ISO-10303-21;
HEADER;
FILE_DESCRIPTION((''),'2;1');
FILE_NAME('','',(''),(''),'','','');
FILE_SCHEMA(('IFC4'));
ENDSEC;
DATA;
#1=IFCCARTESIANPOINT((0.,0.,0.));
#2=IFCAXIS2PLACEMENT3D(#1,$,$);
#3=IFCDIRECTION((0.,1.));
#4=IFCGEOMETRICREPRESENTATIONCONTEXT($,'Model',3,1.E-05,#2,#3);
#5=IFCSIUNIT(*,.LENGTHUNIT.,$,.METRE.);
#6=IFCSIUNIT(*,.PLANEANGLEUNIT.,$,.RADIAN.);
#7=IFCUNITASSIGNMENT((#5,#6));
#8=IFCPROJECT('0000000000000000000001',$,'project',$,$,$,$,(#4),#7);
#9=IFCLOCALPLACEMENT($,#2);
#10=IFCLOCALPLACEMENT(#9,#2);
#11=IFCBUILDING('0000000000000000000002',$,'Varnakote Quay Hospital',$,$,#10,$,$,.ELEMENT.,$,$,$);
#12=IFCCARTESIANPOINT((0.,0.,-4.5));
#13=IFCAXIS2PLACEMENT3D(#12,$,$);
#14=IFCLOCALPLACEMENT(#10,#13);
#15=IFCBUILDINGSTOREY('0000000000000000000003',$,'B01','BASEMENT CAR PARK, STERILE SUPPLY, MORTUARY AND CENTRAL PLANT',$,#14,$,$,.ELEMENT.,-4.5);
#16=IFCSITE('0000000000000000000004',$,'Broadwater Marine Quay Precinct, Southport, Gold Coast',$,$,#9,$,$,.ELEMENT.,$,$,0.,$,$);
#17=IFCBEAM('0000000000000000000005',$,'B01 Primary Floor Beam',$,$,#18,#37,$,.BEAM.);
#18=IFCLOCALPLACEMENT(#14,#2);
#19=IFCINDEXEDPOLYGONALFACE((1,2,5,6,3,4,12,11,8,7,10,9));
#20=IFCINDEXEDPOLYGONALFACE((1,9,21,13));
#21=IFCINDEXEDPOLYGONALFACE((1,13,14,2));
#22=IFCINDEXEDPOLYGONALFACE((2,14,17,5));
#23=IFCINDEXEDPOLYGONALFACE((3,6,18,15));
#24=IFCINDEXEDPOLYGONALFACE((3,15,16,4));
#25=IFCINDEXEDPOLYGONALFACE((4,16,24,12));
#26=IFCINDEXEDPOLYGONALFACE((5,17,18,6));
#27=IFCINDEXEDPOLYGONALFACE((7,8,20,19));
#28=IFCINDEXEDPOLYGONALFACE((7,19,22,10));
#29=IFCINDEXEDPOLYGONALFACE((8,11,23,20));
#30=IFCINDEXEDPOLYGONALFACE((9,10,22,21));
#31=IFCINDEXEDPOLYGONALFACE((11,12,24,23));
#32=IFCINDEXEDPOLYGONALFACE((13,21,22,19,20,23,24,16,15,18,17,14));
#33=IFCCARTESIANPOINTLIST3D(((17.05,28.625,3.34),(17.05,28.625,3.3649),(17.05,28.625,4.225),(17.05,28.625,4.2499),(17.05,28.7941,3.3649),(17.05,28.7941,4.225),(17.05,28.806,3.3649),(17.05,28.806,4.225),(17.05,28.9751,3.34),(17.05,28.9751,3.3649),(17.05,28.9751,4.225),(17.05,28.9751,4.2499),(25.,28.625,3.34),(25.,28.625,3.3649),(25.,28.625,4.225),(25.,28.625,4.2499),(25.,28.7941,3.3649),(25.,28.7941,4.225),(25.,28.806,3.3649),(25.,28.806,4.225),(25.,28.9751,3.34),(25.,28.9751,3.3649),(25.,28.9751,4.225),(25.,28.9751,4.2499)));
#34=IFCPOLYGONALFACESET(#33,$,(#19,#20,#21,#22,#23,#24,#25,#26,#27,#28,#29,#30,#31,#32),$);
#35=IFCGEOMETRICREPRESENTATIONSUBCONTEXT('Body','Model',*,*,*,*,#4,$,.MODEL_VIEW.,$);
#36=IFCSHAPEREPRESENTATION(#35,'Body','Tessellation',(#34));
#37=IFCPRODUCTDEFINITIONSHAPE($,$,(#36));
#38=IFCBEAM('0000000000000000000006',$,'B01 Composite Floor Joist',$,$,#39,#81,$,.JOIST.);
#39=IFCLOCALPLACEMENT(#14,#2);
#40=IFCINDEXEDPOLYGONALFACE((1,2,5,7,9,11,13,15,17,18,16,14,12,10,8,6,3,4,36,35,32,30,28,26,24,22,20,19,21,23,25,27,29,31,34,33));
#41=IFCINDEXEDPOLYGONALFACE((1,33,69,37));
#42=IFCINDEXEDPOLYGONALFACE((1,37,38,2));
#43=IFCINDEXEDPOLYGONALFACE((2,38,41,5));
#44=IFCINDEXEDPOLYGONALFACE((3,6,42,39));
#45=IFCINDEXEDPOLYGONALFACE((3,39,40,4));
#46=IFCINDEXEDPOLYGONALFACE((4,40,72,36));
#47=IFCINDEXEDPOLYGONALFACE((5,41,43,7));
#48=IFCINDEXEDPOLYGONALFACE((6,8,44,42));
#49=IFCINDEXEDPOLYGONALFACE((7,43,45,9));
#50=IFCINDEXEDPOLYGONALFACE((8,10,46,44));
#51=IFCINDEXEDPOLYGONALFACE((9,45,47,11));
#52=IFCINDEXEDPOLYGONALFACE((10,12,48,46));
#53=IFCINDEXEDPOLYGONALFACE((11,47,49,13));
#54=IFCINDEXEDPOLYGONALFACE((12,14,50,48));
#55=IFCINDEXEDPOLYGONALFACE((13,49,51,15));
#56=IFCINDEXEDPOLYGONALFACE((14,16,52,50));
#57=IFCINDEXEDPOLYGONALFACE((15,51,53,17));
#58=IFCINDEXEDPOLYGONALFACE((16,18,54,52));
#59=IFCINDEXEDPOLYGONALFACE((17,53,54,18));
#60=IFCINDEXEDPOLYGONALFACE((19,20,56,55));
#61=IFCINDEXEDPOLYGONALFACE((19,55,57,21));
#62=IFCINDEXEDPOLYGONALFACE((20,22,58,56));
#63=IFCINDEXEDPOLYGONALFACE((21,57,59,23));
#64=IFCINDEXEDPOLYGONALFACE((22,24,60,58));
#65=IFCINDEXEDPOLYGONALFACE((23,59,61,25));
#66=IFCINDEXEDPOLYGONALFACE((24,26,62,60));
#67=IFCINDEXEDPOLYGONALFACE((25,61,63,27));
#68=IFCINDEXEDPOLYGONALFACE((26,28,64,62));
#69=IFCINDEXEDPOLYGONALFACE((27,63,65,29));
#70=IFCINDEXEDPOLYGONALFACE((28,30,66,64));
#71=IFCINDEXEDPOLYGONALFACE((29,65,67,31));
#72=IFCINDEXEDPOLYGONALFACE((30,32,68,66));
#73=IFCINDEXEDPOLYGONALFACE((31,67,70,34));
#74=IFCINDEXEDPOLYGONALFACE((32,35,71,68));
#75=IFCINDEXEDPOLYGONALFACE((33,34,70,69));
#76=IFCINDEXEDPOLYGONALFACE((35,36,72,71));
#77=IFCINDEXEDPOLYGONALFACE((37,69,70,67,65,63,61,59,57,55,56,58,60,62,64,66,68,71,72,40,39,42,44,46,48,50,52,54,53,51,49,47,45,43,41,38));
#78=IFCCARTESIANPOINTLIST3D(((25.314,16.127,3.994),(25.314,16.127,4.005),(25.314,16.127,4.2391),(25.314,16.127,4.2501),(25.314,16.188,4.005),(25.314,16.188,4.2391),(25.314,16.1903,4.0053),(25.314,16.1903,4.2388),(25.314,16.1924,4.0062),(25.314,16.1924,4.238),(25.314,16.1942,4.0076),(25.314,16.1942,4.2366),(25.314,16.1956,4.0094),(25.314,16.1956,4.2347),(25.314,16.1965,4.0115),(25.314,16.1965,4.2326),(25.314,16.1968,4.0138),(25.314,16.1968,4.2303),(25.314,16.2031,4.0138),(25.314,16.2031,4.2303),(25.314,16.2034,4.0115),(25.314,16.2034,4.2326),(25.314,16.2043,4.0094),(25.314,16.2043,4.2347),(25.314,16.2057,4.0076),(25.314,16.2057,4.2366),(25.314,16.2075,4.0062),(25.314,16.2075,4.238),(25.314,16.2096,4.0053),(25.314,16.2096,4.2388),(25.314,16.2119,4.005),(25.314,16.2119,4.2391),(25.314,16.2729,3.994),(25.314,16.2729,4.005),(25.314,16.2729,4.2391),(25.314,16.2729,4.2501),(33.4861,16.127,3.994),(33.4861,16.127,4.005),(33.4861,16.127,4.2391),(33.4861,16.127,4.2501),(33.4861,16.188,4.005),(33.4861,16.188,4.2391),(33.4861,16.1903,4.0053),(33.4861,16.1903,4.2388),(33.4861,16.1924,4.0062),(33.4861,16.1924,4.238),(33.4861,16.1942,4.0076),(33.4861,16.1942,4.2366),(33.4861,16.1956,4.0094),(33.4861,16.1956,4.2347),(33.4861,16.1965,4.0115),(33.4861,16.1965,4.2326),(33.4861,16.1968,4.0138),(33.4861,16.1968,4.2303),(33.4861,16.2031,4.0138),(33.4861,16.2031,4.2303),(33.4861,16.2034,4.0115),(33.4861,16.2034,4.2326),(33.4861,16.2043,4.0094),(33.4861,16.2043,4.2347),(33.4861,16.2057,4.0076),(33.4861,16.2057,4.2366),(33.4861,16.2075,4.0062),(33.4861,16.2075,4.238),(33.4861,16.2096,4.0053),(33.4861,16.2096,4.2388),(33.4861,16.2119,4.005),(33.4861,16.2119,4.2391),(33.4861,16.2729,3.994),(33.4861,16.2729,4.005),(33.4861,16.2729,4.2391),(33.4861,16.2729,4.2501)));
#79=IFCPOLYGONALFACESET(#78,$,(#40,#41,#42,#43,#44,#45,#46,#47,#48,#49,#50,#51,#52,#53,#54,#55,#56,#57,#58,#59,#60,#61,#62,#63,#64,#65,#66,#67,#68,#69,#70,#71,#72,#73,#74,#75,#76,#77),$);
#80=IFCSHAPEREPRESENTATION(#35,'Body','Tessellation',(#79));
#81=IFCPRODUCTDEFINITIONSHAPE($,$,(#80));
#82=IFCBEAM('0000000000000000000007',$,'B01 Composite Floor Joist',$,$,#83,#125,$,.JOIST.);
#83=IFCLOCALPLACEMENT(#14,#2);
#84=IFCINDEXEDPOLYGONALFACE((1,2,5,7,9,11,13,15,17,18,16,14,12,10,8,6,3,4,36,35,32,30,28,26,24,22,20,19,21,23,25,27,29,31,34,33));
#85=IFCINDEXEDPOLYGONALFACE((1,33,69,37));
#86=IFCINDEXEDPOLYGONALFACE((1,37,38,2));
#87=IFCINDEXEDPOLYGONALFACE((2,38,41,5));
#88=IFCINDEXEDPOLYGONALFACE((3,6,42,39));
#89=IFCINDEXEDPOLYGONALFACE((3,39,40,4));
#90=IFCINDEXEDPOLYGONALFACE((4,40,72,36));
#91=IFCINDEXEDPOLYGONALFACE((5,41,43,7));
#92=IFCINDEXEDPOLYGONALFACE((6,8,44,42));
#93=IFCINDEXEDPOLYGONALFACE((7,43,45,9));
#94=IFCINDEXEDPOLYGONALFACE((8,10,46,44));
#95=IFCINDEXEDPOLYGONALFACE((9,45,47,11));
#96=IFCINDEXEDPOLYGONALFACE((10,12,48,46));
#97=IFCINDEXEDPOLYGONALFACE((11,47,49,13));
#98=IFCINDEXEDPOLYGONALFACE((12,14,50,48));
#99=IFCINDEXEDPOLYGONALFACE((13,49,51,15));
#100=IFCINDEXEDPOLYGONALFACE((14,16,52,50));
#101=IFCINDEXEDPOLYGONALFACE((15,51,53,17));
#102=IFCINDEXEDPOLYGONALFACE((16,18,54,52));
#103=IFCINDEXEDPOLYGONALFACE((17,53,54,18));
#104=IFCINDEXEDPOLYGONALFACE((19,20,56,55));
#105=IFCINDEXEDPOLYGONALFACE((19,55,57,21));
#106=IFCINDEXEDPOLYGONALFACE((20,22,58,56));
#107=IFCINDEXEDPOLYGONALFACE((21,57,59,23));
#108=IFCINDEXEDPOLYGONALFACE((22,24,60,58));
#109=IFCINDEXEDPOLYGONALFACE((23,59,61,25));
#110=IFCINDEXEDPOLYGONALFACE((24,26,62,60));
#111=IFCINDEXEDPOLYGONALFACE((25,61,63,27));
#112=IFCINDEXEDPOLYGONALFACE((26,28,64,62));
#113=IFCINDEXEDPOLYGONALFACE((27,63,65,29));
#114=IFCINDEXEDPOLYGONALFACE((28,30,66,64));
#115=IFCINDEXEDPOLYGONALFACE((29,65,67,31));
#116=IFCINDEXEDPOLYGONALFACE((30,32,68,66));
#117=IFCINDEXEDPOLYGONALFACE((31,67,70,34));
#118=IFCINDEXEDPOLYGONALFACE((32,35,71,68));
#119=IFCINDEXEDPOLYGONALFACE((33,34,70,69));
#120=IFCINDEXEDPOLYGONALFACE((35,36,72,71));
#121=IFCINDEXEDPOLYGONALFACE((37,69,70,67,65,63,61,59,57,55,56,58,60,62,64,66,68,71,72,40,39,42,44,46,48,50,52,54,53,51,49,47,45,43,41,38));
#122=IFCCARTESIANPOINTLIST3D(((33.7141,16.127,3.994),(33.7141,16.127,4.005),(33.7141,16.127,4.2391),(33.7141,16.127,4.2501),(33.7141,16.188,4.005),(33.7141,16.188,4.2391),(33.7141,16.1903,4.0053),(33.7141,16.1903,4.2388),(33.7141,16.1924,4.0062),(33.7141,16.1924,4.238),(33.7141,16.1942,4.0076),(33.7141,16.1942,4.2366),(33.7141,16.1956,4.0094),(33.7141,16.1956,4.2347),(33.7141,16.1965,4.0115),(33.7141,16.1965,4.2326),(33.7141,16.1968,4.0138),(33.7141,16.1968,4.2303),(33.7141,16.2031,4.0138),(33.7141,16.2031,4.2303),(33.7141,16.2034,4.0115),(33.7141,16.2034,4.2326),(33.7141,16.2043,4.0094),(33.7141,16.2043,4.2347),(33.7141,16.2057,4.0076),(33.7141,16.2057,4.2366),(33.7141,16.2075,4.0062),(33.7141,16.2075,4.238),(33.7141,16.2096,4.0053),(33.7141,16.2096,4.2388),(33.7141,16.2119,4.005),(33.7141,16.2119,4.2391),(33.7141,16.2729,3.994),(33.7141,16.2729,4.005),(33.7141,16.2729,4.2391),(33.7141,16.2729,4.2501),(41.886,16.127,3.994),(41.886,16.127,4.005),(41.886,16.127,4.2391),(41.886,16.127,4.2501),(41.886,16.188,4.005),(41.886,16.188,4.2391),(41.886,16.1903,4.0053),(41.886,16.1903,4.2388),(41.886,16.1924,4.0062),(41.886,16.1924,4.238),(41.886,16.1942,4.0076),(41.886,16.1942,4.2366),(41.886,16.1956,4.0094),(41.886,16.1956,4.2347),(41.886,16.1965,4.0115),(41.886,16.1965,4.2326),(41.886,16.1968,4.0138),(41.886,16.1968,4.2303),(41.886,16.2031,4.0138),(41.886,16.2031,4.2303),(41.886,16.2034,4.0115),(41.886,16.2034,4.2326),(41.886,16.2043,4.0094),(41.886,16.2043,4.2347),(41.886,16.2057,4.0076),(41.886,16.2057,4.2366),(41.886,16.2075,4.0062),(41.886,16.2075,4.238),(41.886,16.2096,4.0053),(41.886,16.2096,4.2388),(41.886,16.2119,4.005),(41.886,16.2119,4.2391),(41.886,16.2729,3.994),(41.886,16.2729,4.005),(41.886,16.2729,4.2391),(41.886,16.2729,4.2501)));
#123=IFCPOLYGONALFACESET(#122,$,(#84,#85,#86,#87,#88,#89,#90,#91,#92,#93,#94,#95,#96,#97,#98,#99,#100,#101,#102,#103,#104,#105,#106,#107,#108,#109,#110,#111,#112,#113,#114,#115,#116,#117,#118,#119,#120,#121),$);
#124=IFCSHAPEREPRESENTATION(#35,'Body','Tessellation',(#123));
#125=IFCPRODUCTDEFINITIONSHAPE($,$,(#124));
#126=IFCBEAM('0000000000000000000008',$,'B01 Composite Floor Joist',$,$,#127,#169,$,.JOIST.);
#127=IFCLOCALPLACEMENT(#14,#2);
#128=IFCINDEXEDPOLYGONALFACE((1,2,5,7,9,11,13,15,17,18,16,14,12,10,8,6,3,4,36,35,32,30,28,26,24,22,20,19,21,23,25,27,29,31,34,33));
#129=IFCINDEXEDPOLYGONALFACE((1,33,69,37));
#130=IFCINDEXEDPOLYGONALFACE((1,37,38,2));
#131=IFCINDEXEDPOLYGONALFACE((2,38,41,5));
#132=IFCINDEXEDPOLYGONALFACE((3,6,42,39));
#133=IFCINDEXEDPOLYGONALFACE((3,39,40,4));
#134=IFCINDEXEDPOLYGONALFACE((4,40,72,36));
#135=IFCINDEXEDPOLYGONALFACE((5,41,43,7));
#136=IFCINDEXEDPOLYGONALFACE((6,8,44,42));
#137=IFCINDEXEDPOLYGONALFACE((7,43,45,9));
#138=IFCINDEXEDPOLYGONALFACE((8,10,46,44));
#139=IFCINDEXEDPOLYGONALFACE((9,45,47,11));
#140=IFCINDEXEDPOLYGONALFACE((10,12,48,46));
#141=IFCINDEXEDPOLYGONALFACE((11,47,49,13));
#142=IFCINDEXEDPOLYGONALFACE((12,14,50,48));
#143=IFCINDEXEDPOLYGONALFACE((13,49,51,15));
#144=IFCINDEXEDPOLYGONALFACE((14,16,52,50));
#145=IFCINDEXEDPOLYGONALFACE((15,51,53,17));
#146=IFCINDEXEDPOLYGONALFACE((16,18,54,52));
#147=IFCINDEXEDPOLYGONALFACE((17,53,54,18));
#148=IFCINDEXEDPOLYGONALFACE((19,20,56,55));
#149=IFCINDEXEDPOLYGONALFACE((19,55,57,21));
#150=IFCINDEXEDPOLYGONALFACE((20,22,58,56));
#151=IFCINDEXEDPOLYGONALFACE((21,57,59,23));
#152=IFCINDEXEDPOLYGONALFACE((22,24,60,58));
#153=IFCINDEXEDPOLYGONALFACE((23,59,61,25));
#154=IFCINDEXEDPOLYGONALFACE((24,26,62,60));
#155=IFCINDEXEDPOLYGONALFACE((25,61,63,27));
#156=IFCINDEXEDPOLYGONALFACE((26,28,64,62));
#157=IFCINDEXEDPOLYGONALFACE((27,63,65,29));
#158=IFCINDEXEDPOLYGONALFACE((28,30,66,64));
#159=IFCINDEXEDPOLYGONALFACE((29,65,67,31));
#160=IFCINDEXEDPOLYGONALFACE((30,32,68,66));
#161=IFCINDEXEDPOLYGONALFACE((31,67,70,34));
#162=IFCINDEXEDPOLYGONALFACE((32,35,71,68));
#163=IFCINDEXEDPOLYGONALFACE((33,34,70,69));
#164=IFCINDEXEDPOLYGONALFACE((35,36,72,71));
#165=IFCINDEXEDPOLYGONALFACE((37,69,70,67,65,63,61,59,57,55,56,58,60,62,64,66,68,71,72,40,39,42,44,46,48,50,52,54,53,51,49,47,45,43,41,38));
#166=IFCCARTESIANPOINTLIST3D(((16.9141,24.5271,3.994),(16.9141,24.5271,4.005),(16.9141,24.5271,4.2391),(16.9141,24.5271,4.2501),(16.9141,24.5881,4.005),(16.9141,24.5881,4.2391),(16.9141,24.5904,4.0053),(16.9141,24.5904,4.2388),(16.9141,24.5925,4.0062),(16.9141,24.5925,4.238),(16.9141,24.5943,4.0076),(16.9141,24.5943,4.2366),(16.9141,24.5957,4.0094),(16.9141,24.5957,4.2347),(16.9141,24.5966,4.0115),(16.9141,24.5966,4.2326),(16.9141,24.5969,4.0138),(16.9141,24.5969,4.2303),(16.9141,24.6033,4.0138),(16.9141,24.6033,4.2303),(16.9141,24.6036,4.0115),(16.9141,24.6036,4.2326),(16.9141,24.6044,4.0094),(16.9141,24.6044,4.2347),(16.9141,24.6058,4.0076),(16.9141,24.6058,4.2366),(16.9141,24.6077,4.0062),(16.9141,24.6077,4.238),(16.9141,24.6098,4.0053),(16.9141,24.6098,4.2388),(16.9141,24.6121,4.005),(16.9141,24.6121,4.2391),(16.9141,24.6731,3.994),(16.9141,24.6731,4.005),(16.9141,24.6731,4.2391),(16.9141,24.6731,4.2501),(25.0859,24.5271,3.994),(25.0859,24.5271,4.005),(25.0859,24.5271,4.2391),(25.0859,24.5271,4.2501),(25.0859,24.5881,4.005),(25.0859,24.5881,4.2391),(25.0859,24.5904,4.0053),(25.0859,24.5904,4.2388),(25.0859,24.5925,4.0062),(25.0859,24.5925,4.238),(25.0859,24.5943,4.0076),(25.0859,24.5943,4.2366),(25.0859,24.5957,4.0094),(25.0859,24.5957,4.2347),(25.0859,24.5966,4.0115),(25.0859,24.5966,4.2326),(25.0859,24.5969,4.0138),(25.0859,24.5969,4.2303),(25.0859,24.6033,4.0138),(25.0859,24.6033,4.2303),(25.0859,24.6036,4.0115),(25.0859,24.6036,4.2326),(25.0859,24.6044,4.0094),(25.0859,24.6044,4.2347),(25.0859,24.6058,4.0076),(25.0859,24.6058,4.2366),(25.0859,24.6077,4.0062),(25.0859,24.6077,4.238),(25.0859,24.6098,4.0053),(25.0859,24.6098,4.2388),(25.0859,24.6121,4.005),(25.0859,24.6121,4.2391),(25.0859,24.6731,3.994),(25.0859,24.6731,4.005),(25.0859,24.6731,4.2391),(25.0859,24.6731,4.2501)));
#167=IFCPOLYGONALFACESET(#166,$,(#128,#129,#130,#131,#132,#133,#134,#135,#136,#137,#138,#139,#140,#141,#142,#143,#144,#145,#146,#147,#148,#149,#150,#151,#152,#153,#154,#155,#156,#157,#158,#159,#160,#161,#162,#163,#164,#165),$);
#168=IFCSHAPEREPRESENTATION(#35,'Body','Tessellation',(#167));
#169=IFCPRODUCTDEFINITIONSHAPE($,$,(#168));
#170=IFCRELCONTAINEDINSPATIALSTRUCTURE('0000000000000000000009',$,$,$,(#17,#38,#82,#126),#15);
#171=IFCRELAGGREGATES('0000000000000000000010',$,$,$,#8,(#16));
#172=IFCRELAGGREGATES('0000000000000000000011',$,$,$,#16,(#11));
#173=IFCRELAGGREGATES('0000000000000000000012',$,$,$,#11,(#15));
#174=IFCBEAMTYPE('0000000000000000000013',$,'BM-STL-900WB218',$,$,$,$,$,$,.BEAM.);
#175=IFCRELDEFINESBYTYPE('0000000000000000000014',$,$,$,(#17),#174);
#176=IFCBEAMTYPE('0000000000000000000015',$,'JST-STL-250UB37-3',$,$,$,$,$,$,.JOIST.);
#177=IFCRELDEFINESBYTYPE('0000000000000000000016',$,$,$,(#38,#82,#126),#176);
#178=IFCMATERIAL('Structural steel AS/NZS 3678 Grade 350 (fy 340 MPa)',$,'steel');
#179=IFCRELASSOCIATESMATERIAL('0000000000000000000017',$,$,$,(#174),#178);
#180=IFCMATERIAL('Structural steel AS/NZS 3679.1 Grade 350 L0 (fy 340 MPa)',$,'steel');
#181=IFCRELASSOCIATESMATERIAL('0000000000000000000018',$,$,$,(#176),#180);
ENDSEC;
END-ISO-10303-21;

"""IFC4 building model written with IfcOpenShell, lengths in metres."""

from ifc_helpers import new_model, si_unit, direction, frame, origin, origin_2d, place, context, subcontext, project, spatial, i_section, extrude, material, material_profile, profile_set, type_object, element, save


model = new_model("IFC4")

# Units and contexts
model_context = context("Model", 3, precision=1e-05, world=origin(), true_north=direction((0.0, 1.0)))
body_context = subcontext(model_context, "Body", "Model", "MODEL_VIEW")
ifc_project = project(units=[si_unit("LENGTHUNIT", "METRE"), si_unit("PLANEANGLEUNIT", "RADIAN")], contexts=[model_context])

# Site, building, storey
site_placement = place(None, origin())
site = spatial("IfcSite", under=ifc_project, at=site_placement, Name="Broadwater Marine Quay Precinct, Southport, Gold Coast", CompositionType="ELEMENT", RefElevation=0.0)
building_placement = place(site_placement, origin())
building = spatial("IfcBuilding", under=site, at=building_placement, Name="Varnakote Quay Hospital", CompositionType="ELEMENT")
storey_placement = place(building_placement, frame((0.0, 0.0, -4.5)))
storey = spatial("IfcBuildingStorey", under=building, at=storey_placement, Name="B01", Description="BASEMENT CAR PARK, STERILE SUPPLY, MORTUARY AND CENTRAL PLANT", CompositionType="ELEMENT", Elevation=-4.5)

# Beams
ifc_material_1 = material(Name="Structural steel AS/NZS 3678 Grade 350 (fy 340 MPa)", Category="steel")
ifc_material_profile_1 = material_profile(ifc_material_1, i_section(OverallWidth=0.3501, OverallDepth=0.9099, WebThickness=0.012, FlangeThickness=0.0249, at=origin_2d()), Name="900WB218")
ifc_profile_set_1 = profile_set([ifc_material_profile_1], Name="Structural steel AS/NZS 3678 Grade 350 (fy 340 MPa)")
beam_type_1 = type_object("IfcBeamType", Name="BM-STL-900WB218", PredefinedType="BEAM", material=ifc_profile_set_1)
beam_1_placement = place(storey_placement, frame((17.05, 28.8, 3.7949), z_axis=(1.0, 0.0, 0.0), x_axis=(0.0, 1.0, 0.0)))
element("IfcBeam", 1, at=beam_1_placement, inside=storey, type_object=beam_type_1, Name="B01 Primary Floor Beam", PredefinedType="BEAM", context=body_context, shape_type="SweptSolid", body=[
    extrude(i_section(OverallWidth=0.3501, OverallDepth=0.9099, WebThickness=0.012, FlangeThickness=0.0249, at=origin_2d()), origin(), (0.0, 0.0, 1.0), 7.95),
])
ifc_material_2 = material(Name="Structural steel AS/NZS 3679.1 Grade 350 L0 (fy 340 MPa)", Category="steel")
ifc_material_profile_2 = material_profile(ifc_material_2, i_section(OverallWidth=0.146, OverallDepth=0.2561, WebThickness=0.0063, FlangeThickness=0.011, FilletRadius=0.0088, at=origin_2d()), Name="250UB37.3")
ifc_profile_set_2 = profile_set([ifc_material_profile_2], Name="Structural steel AS/NZS 3679.1 Grade 350 L0 (fy 340 MPa)")
beam_type_2 = type_object("IfcBeamType", Name="JST-STL-250UB37-3", PredefinedType="JOIST", material=ifc_profile_set_2)
beam_2_placement = place(storey_placement, frame((25.314, 16.2, 4.1221), z_axis=(1.0, 0.0, 0.0), x_axis=(0.0, 1.0, 0.0)))
element("IfcBeam", 2, at=beam_2_placement, inside=storey, type_object=beam_type_2, Name="B01 Composite Floor Joist", PredefinedType="JOIST", context=body_context, shape_type="SweptSolid", body=[
    extrude(i_section(OverallWidth=0.146, OverallDepth=0.2561, WebThickness=0.0063, FlangeThickness=0.011, FilletRadius=0.0088, at=origin_2d()), origin(), (0.0, 0.0, 1.0), 8.1721),
])
for number, where, z_axis, x_axis, name in (
    (3, (33.7141, 16.2, 4.1221), (1.0, 0.0, 0.0), (0.0, 1.0, 0.0), "B01 Composite Floor Joist"),
    (4, (16.9141, 24.6001, 4.1221), (1.0, 0.0, 0.0), (0.0, 1.0, 0.0), "B01 Composite Floor Joist"),
):
    element("IfcBeam", number, at=place(storey_placement, frame(where, z_axis=z_axis, x_axis=x_axis)), inside=storey, type_object=beam_type_2, Name=name, PredefinedType="JOIST", context=body_context, shape_type="SweptSolid", body=[
        extrude(i_section(OverallWidth=0.146, OverallDepth=0.2561, WebThickness=0.0063, FlangeThickness=0.011, FilletRadius=0.0088, at=origin_2d()), origin(), (0.0, 0.0, 1.0), 8.1719),
    ])

save(model, "model.ifc")
